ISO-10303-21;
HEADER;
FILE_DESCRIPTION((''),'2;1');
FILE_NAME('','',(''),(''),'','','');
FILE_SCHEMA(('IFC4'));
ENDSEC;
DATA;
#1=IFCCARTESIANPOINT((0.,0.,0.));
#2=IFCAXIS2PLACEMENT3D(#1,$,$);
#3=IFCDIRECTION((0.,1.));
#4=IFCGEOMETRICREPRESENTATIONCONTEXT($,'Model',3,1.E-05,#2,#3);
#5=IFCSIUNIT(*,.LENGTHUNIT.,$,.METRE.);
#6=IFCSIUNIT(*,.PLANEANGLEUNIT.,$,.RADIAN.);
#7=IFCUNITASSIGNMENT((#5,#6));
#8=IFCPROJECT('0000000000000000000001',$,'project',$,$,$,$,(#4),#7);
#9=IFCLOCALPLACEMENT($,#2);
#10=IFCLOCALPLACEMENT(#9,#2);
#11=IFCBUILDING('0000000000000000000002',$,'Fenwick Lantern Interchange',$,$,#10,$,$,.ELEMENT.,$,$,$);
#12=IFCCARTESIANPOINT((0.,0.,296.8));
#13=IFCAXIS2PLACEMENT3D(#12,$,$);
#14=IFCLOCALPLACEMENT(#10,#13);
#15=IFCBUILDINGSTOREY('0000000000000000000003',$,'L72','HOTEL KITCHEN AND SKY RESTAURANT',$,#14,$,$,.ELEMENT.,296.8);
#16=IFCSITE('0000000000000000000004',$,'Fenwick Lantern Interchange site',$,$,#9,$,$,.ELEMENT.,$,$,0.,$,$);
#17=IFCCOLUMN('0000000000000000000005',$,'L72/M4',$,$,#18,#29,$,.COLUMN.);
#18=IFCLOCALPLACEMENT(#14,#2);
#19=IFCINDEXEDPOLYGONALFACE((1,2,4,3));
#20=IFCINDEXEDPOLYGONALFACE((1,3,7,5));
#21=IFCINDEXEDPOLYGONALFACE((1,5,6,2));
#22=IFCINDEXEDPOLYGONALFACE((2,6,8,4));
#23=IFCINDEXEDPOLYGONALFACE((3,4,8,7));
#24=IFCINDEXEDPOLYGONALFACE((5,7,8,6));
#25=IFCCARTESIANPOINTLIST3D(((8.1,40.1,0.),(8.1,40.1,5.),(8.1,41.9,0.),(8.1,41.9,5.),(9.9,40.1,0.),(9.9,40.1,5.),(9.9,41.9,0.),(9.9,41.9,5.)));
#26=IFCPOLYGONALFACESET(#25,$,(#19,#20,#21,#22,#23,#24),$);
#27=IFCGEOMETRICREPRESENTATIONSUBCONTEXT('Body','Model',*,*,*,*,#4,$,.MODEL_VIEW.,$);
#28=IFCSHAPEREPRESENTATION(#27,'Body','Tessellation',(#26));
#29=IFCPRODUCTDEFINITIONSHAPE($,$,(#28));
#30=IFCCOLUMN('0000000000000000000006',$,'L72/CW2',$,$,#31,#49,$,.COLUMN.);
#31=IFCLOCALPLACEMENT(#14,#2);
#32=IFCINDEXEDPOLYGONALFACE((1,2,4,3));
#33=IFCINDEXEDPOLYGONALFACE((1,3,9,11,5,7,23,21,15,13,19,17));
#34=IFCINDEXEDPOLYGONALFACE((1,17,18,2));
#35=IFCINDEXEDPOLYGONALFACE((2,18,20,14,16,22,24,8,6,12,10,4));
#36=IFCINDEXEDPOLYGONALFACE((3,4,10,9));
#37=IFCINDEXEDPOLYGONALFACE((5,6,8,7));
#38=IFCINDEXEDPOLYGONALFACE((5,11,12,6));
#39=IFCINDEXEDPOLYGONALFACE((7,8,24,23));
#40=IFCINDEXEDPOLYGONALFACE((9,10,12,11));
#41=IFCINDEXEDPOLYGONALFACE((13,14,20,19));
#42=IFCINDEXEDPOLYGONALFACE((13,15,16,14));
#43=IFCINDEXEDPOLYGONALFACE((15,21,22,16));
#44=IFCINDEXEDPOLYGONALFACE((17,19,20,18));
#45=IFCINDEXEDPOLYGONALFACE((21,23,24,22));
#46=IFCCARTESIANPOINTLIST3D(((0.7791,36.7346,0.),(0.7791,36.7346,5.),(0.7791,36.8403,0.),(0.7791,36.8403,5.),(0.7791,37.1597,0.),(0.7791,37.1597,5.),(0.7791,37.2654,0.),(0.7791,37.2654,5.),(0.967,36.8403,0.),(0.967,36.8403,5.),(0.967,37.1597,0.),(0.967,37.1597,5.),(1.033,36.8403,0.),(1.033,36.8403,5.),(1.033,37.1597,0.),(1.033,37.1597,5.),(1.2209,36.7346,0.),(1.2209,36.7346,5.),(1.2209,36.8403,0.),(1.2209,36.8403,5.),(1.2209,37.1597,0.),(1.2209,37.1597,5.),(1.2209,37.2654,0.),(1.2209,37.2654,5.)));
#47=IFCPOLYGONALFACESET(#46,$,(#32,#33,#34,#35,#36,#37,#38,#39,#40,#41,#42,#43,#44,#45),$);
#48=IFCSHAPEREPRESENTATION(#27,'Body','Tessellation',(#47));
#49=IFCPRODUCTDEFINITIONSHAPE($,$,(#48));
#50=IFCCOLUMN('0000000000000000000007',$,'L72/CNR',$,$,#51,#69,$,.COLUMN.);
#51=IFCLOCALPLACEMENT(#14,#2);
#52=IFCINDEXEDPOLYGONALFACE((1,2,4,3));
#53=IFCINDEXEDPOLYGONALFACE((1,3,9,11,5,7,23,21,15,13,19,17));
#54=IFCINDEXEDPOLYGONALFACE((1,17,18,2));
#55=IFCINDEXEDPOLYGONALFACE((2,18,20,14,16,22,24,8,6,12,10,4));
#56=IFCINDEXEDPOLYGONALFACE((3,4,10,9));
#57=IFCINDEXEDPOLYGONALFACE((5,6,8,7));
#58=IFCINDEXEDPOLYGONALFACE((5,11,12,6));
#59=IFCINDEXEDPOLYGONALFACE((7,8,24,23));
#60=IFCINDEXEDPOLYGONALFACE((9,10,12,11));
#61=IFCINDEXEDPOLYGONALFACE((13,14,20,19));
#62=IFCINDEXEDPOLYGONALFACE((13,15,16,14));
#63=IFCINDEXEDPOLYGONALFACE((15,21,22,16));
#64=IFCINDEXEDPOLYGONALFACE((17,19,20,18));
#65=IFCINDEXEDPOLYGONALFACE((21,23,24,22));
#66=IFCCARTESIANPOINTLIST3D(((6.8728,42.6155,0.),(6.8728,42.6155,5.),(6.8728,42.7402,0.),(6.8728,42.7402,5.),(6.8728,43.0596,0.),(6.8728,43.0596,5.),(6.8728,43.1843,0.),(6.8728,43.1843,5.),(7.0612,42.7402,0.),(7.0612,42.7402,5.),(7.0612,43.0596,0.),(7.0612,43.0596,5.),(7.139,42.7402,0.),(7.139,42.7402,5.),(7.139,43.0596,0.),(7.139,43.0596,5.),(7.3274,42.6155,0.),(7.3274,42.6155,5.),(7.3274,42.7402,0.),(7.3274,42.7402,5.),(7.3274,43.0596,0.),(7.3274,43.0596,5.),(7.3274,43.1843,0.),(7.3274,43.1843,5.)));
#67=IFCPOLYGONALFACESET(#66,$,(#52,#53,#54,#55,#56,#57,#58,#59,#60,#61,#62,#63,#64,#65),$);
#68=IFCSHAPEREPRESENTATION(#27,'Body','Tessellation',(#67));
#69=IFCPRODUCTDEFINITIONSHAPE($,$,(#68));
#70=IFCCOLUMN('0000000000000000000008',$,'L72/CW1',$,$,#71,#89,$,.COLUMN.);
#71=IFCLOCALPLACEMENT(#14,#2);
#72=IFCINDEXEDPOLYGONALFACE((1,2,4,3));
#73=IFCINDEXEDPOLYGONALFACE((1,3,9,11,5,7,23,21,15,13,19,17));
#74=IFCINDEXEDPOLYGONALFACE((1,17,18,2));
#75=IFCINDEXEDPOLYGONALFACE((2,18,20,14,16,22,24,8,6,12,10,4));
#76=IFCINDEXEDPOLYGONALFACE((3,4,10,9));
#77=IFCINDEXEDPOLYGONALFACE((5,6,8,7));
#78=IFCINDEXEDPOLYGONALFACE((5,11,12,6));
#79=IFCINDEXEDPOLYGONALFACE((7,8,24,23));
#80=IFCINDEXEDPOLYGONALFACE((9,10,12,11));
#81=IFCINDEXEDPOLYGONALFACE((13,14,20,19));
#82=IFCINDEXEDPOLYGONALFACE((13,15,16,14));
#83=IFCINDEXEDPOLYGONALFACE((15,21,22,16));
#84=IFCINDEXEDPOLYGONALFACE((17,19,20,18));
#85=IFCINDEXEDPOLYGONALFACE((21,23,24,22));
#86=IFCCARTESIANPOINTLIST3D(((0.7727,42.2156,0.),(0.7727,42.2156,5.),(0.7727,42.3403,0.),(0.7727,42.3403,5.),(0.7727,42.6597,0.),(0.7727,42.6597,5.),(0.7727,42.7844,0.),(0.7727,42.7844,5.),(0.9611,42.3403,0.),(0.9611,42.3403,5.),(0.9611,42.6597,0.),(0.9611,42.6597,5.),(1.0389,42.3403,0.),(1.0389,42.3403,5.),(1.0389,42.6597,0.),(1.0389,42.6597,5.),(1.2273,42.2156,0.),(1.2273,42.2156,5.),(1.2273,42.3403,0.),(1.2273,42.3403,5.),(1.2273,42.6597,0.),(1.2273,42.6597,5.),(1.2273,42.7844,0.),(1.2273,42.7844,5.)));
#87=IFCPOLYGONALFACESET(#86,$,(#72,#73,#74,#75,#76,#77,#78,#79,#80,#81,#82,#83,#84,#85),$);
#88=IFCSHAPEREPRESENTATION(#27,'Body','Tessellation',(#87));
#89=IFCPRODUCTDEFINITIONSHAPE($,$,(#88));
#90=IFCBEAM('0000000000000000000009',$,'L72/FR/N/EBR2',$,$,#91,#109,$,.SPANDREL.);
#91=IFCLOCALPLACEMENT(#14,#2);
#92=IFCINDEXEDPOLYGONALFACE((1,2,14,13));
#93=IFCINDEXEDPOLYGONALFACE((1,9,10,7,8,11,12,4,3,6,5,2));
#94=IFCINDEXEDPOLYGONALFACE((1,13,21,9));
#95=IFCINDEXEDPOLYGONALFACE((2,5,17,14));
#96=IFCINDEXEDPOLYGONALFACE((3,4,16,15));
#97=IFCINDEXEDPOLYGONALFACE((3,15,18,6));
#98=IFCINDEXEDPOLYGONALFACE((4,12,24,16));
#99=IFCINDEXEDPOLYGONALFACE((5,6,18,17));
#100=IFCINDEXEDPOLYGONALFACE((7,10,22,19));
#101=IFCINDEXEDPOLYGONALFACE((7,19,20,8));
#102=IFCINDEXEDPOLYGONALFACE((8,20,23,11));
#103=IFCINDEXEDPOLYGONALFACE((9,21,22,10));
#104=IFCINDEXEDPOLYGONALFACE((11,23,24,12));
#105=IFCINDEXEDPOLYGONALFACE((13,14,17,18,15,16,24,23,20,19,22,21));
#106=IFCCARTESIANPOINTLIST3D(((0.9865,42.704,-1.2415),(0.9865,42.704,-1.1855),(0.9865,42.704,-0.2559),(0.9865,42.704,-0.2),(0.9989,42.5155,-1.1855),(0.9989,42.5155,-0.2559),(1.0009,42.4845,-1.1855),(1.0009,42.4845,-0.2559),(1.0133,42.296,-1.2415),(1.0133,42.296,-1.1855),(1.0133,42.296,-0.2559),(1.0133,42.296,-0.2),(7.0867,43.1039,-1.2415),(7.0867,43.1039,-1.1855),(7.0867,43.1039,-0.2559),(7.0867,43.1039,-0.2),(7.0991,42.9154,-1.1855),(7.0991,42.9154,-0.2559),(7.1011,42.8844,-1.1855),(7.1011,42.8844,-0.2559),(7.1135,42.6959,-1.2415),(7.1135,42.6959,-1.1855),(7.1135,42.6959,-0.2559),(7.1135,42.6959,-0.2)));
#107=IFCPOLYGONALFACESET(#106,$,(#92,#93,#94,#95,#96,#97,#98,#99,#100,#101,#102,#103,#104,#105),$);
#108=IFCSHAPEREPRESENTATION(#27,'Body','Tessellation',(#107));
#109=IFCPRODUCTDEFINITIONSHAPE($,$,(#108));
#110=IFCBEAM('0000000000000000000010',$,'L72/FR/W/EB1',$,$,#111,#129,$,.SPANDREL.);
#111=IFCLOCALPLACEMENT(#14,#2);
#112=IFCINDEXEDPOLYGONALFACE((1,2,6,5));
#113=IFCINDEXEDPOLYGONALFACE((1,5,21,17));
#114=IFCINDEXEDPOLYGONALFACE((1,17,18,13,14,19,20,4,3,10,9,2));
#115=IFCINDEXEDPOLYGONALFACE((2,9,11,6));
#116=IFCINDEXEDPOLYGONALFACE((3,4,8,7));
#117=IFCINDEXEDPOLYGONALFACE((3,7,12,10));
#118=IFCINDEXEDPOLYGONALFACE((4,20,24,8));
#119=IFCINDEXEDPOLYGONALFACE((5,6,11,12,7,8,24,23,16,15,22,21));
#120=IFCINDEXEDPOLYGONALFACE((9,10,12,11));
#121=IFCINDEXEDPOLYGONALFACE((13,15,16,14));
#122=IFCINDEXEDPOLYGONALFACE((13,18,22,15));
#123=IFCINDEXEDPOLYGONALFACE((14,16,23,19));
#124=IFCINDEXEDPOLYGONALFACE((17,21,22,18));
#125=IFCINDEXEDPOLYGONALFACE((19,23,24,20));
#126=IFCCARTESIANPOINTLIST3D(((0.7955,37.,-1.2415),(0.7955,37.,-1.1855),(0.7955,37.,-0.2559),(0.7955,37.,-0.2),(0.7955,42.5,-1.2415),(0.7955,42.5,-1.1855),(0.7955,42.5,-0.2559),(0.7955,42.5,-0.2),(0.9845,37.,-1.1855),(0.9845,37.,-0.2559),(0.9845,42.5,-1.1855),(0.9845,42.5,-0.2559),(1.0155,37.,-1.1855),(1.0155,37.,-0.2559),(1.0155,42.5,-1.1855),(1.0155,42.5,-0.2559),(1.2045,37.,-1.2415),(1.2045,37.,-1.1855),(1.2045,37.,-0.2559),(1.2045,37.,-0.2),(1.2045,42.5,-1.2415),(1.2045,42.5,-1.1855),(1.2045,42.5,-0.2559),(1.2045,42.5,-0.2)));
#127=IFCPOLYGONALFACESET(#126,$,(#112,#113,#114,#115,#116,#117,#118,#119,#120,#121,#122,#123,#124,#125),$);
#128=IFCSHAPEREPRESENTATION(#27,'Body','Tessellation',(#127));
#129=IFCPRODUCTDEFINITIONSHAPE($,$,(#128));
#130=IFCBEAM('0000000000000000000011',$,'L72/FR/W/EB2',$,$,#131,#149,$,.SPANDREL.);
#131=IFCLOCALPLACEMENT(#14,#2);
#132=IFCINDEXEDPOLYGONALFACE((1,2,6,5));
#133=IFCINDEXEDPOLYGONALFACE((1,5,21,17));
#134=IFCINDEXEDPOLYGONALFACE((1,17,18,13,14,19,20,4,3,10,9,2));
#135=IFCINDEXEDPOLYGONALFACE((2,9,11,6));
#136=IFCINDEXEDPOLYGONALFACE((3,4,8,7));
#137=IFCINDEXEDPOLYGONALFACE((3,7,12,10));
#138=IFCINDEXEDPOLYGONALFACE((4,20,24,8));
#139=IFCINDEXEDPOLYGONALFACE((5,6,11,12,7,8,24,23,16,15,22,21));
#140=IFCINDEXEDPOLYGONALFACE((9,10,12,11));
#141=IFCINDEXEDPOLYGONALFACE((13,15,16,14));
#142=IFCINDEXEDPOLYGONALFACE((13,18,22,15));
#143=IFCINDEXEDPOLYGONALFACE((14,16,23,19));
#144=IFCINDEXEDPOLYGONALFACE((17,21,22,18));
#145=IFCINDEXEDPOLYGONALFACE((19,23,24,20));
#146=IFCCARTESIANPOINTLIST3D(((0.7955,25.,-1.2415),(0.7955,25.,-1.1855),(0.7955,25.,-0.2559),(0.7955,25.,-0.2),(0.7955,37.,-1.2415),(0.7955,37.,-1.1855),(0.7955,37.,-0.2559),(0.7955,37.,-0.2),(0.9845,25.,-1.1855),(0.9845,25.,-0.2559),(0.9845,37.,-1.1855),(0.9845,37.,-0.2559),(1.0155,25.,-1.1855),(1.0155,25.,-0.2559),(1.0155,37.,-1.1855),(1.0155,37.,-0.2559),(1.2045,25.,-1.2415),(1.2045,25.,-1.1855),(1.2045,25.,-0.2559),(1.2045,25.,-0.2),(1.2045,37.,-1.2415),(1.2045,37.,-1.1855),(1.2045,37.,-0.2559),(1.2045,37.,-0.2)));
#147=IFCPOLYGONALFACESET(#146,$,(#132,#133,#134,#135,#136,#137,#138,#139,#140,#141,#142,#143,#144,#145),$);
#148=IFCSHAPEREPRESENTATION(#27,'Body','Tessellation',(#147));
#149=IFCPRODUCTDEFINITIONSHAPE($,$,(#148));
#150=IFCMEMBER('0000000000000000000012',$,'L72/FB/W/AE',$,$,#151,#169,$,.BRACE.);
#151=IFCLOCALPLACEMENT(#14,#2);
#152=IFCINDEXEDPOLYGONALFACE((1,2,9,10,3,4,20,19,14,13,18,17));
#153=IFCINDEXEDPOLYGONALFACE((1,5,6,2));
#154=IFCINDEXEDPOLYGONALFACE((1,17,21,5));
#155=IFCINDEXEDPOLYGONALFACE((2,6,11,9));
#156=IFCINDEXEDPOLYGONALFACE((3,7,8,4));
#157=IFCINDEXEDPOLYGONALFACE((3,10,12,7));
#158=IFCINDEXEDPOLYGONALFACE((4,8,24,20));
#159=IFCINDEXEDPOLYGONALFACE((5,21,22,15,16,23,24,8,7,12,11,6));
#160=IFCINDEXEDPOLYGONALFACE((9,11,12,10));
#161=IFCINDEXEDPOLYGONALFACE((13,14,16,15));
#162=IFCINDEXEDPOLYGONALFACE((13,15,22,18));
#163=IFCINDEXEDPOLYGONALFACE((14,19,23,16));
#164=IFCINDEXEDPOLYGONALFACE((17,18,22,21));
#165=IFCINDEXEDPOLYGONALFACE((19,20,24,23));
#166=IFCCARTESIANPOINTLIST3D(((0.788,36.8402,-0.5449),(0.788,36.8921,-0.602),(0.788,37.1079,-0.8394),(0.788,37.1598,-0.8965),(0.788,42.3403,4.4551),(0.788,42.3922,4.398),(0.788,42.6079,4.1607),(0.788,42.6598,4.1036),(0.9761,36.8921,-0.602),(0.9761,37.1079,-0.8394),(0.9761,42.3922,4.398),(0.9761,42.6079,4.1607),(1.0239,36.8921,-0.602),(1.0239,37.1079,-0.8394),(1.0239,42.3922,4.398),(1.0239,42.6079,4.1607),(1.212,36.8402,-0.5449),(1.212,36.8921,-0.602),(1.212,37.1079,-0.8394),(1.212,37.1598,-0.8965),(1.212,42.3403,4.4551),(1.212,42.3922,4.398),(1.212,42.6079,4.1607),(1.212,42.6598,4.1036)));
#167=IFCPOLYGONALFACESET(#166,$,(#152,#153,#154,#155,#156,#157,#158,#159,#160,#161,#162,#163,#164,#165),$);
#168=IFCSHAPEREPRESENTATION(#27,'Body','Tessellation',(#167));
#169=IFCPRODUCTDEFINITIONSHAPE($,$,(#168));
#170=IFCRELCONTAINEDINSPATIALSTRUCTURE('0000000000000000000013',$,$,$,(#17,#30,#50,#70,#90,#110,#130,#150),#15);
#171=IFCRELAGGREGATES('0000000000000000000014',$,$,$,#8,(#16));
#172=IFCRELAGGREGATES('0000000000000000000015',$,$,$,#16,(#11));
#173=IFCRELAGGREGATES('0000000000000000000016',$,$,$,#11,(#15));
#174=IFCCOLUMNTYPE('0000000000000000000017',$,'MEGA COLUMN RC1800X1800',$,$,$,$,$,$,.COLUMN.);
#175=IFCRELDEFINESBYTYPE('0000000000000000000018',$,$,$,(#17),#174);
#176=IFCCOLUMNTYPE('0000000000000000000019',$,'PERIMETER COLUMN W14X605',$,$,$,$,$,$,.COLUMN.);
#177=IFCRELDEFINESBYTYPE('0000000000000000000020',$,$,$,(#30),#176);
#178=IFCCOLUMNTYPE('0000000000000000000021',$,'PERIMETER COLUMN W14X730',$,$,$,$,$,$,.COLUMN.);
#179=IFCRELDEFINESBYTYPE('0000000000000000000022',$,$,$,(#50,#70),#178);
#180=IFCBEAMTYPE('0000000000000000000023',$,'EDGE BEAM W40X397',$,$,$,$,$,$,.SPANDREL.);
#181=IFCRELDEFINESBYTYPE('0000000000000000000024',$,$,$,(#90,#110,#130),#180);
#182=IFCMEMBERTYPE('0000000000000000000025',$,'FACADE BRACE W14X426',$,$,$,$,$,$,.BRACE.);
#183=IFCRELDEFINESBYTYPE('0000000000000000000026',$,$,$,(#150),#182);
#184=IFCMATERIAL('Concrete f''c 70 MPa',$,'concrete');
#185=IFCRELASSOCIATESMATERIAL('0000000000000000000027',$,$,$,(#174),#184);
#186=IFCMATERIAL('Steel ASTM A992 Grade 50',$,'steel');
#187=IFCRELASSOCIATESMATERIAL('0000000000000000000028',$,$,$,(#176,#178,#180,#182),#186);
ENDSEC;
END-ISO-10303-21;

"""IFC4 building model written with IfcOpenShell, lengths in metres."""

from ifc_helpers import new_model, si_unit, direction, frame, origin, origin_2d, place, context, subcontext, project, spatial, rectangle, i_section, extrude, material, material_profile, profile_set, type_object, element, save


model = new_model("IFC4")

# Units and contexts
model_context = context("Model", 3, precision=1e-05, world=origin(), true_north=direction((0.0, 1.0)))
body_context = subcontext(model_context, "Body", "Model", "MODEL_VIEW")
ifc_project = project(units=[si_unit("LENGTHUNIT", "METRE"), si_unit("PLANEANGLEUNIT", "RADIAN")], contexts=[model_context])

# Site, building, storey
site_placement = place(None, origin())
site = spatial("IfcSite", under=ifc_project, at=site_placement, Name="Fenwick Lantern Interchange site", CompositionType="ELEMENT", RefElevation=0.0)
building_placement = place(site_placement, origin())
building = spatial("IfcBuilding", under=site, at=building_placement, Name="Fenwick Lantern Interchange", CompositionType="ELEMENT")
storey_placement = place(building_placement, frame((0.0, 0.0, 296.8)))
storey = spatial("IfcBuildingStorey", under=building, at=storey_placement, Name="L72", Description="HOTEL KITCHEN AND SKY RESTAURANT", CompositionType="ELEMENT", Elevation=296.8)

# Columns
ifc_material_1 = material(Name="Concrete f'c 70 MPa", Category="concrete")
ifc_material_profile_1 = material_profile(ifc_material_1, rectangle(XDim=1.8, YDim=1.8, at=origin_2d()), Name="RC1800X1800")
ifc_profile_set_1 = profile_set([ifc_material_profile_1], Name="Concrete f'c 70 MPa")
column_type_1 = type_object("IfcColumnType", Name="MEGA COLUMN RC1800X1800", PredefinedType="COLUMN", material=ifc_profile_set_1)
column_1_placement = place(storey_placement, frame((9.0, 41.0, 0.0), z_axis=(0.0, 0.0, 1.0), x_axis=(1.0, 0.0, 0.0)))
element("IfcColumn", 1, at=column_1_placement, inside=storey, type_object=column_type_1, Name="L72/M4", PredefinedType="COLUMN", context=body_context, shape_type="SweptSolid", body=[
    extrude(rectangle(XDim=1.8, YDim=1.8, at=origin_2d()), origin(), (0.0, 0.0, 1.0), 5.0),
])
ifc_material_2 = material(Name="Steel ASTM A992 Grade 50", Category="steel")
ifc_material_profile_2 = material_profile(ifc_material_2, i_section(OverallWidth=0.4419, OverallDepth=0.5308, WebThickness=0.0659, FlangeThickness=0.1057, at=origin_2d()), Name="W14X605")
ifc_profile_set_2 = profile_set([ifc_material_profile_2], Name="Steel ASTM A992 Grade 50")
column_type_2 = type_object("IfcColumnType", Name="PERIMETER COLUMN W14X605", PredefinedType="COLUMN", material=ifc_profile_set_2)
column_2_placement = place(storey_placement, frame((1.0, 37.0, 0.0), z_axis=(0.0, 0.0, 1.0), x_axis=(1.0, 0.0, 0.0)))
element("IfcColumn", 2, at=column_2_placement, inside=storey, type_object=column_type_2, Name="L72/CW2", PredefinedType="COLUMN", context=body_context, shape_type="SweptSolid", body=[
    extrude(i_section(OverallWidth=0.4419, OverallDepth=0.5308, WebThickness=0.0659, FlangeThickness=0.1057, at=origin_2d()), origin(), (0.0, 0.0, 1.0), 5.0),
])
ifc_material_profile_3 = material_profile(ifc_material_2, i_section(OverallWidth=0.4546, OverallDepth=0.5688, WebThickness=0.0779, FlangeThickness=0.1248, at=origin_2d()), Name="W14X730")
ifc_profile_set_3 = profile_set([ifc_material_profile_3], Name="Steel ASTM A992 Grade 50")
column_type_3 = type_object("IfcColumnType", Name="PERIMETER COLUMN W14X730", PredefinedType="COLUMN", material=ifc_profile_set_3)
for number, where, z_axis, x_axis, name in (
    (3, (7.1001, 42.8999, 0.0), (0.0, 0.0, 1.0), (1.0, 0.0, 0.0), "L72/CNR"),
    (4, (1.0, 42.5, 0.0), (0.0, 0.0, 1.0), (1.0, 0.0, 0.0), "L72/CW1"),
):
    element("IfcColumn", number, at=place(storey_placement, frame(where, z_axis=z_axis, x_axis=x_axis)), inside=storey, type_object=column_type_3, Name=name, PredefinedType="COLUMN", context=body_context, shape_type="SweptSolid", body=[
        extrude(i_section(OverallWidth=0.4546, OverallDepth=0.5688, WebThickness=0.0779, FlangeThickness=0.1248, at=origin_2d()), origin(), (0.0, 0.0, 1.0), 5.0),
    ])

# Beams
ifc_material_profile_4 = material_profile(ifc_material_2, i_section(OverallWidth=0.4089, OverallDepth=1.0415, WebThickness=0.031, FlangeThickness=0.0559, at=origin_2d()), Name="W40X397")
ifc_profile_set_4 = profile_set([ifc_material_profile_4], Name="Steel ASTM A992 Grade 50")
beam_type_1 = type_object("IfcBeamType", Name="EDGE BEAM W40X397", PredefinedType="SPANDREL", material=ifc_profile_set_4)
beam_1_placement = place(storey_placement, frame((7.1001, 42.8999, -0.7207), z_axis=(-0.997858, -0.065416, 0.0), x_axis=(0.065416, -0.997858, 0.0)))
element("IfcBeam", 5, at=beam_1_placement, inside=storey, type_object=beam_type_1, Name="L72/FR/N/EBR2", PredefinedType="SPANDREL", context=body_context, shape_type="SweptSolid", body=[
    extrude(i_section(OverallWidth=0.4089, OverallDepth=1.0415, WebThickness=0.031, FlangeThickness=0.0559, at=origin_2d()), origin(), (0.0, 0.0, 1.0), 6.1133),
])
beam_2_placement = place(storey_placement, frame((1.0, 42.5, -0.7207), z_axis=(0.0, -1.0, 0.0), x_axis=(1.0, 0.0, 0.0)))
element("IfcBeam", 6, at=beam_2_placement, inside=storey, type_object=beam_type_1, Name="L72/FR/W/EB1", PredefinedType="SPANDREL", context=body_context, shape_type="SweptSolid", body=[
    extrude(i_section(OverallWidth=0.4089, OverallDepth=1.0415, WebThickness=0.031, FlangeThickness=0.0559, at=origin_2d()), origin(), (0.0, 0.0, 1.0), 5.5),
])
beam_3_placement = place(storey_placement, frame((1.0, 37.0, -0.7207), z_axis=(0.0, -1.0, 0.0), x_axis=(1.0, 0.0, 0.0)))
element("IfcBeam", 7, at=beam_3_placement, inside=storey, type_object=beam_type_1, Name="L72/FR/W/EB2", PredefinedType="SPANDREL", context=body_context, shape_type="SweptSolid", body=[
    extrude(i_section(OverallWidth=0.4089, OverallDepth=1.0415, WebThickness=0.031, FlangeThickness=0.0559, at=origin_2d()), origin(), (0.0, 0.0, 1.0), 12.0),
])

# Member
ifc_material_profile_5 = material_profile(ifc_material_2, i_section(OverallWidth=0.4241, OverallDepth=0.4751, WebThickness=0.0479, FlangeThickness=0.0771, at=origin_2d()), Name="W14X426")
ifc_profile_set_5 = profile_set([ifc_material_profile_5], Name="Steel ASTM A992 Grade 50")
member_type_1 = type_object("IfcMemberType", Name="FACADE BRACE W14X426", PredefinedType="BRACE", material=ifc_profile_set_5)
member_1_placement = place(storey_placement, frame((1.0, 37.0, -0.7207), z_axis=(0.0, 0.73994, 0.672673), x_axis=(-1.0, 0.0, 0.0)))
element("IfcMember", 8, at=member_1_placement, inside=storey, type_object=member_type_1, Name="L72/FB/W/AE", PredefinedType="BRACE", context=body_context, shape_type="SweptSolid", body=[
    extrude(i_section(OverallWidth=0.4241, OverallDepth=0.4751, WebThickness=0.0479, FlangeThickness=0.0771, at=origin_2d()), origin(), (0.0, 0.0, 1.0), 7.4331),
])

save(model, "model.ifc")
